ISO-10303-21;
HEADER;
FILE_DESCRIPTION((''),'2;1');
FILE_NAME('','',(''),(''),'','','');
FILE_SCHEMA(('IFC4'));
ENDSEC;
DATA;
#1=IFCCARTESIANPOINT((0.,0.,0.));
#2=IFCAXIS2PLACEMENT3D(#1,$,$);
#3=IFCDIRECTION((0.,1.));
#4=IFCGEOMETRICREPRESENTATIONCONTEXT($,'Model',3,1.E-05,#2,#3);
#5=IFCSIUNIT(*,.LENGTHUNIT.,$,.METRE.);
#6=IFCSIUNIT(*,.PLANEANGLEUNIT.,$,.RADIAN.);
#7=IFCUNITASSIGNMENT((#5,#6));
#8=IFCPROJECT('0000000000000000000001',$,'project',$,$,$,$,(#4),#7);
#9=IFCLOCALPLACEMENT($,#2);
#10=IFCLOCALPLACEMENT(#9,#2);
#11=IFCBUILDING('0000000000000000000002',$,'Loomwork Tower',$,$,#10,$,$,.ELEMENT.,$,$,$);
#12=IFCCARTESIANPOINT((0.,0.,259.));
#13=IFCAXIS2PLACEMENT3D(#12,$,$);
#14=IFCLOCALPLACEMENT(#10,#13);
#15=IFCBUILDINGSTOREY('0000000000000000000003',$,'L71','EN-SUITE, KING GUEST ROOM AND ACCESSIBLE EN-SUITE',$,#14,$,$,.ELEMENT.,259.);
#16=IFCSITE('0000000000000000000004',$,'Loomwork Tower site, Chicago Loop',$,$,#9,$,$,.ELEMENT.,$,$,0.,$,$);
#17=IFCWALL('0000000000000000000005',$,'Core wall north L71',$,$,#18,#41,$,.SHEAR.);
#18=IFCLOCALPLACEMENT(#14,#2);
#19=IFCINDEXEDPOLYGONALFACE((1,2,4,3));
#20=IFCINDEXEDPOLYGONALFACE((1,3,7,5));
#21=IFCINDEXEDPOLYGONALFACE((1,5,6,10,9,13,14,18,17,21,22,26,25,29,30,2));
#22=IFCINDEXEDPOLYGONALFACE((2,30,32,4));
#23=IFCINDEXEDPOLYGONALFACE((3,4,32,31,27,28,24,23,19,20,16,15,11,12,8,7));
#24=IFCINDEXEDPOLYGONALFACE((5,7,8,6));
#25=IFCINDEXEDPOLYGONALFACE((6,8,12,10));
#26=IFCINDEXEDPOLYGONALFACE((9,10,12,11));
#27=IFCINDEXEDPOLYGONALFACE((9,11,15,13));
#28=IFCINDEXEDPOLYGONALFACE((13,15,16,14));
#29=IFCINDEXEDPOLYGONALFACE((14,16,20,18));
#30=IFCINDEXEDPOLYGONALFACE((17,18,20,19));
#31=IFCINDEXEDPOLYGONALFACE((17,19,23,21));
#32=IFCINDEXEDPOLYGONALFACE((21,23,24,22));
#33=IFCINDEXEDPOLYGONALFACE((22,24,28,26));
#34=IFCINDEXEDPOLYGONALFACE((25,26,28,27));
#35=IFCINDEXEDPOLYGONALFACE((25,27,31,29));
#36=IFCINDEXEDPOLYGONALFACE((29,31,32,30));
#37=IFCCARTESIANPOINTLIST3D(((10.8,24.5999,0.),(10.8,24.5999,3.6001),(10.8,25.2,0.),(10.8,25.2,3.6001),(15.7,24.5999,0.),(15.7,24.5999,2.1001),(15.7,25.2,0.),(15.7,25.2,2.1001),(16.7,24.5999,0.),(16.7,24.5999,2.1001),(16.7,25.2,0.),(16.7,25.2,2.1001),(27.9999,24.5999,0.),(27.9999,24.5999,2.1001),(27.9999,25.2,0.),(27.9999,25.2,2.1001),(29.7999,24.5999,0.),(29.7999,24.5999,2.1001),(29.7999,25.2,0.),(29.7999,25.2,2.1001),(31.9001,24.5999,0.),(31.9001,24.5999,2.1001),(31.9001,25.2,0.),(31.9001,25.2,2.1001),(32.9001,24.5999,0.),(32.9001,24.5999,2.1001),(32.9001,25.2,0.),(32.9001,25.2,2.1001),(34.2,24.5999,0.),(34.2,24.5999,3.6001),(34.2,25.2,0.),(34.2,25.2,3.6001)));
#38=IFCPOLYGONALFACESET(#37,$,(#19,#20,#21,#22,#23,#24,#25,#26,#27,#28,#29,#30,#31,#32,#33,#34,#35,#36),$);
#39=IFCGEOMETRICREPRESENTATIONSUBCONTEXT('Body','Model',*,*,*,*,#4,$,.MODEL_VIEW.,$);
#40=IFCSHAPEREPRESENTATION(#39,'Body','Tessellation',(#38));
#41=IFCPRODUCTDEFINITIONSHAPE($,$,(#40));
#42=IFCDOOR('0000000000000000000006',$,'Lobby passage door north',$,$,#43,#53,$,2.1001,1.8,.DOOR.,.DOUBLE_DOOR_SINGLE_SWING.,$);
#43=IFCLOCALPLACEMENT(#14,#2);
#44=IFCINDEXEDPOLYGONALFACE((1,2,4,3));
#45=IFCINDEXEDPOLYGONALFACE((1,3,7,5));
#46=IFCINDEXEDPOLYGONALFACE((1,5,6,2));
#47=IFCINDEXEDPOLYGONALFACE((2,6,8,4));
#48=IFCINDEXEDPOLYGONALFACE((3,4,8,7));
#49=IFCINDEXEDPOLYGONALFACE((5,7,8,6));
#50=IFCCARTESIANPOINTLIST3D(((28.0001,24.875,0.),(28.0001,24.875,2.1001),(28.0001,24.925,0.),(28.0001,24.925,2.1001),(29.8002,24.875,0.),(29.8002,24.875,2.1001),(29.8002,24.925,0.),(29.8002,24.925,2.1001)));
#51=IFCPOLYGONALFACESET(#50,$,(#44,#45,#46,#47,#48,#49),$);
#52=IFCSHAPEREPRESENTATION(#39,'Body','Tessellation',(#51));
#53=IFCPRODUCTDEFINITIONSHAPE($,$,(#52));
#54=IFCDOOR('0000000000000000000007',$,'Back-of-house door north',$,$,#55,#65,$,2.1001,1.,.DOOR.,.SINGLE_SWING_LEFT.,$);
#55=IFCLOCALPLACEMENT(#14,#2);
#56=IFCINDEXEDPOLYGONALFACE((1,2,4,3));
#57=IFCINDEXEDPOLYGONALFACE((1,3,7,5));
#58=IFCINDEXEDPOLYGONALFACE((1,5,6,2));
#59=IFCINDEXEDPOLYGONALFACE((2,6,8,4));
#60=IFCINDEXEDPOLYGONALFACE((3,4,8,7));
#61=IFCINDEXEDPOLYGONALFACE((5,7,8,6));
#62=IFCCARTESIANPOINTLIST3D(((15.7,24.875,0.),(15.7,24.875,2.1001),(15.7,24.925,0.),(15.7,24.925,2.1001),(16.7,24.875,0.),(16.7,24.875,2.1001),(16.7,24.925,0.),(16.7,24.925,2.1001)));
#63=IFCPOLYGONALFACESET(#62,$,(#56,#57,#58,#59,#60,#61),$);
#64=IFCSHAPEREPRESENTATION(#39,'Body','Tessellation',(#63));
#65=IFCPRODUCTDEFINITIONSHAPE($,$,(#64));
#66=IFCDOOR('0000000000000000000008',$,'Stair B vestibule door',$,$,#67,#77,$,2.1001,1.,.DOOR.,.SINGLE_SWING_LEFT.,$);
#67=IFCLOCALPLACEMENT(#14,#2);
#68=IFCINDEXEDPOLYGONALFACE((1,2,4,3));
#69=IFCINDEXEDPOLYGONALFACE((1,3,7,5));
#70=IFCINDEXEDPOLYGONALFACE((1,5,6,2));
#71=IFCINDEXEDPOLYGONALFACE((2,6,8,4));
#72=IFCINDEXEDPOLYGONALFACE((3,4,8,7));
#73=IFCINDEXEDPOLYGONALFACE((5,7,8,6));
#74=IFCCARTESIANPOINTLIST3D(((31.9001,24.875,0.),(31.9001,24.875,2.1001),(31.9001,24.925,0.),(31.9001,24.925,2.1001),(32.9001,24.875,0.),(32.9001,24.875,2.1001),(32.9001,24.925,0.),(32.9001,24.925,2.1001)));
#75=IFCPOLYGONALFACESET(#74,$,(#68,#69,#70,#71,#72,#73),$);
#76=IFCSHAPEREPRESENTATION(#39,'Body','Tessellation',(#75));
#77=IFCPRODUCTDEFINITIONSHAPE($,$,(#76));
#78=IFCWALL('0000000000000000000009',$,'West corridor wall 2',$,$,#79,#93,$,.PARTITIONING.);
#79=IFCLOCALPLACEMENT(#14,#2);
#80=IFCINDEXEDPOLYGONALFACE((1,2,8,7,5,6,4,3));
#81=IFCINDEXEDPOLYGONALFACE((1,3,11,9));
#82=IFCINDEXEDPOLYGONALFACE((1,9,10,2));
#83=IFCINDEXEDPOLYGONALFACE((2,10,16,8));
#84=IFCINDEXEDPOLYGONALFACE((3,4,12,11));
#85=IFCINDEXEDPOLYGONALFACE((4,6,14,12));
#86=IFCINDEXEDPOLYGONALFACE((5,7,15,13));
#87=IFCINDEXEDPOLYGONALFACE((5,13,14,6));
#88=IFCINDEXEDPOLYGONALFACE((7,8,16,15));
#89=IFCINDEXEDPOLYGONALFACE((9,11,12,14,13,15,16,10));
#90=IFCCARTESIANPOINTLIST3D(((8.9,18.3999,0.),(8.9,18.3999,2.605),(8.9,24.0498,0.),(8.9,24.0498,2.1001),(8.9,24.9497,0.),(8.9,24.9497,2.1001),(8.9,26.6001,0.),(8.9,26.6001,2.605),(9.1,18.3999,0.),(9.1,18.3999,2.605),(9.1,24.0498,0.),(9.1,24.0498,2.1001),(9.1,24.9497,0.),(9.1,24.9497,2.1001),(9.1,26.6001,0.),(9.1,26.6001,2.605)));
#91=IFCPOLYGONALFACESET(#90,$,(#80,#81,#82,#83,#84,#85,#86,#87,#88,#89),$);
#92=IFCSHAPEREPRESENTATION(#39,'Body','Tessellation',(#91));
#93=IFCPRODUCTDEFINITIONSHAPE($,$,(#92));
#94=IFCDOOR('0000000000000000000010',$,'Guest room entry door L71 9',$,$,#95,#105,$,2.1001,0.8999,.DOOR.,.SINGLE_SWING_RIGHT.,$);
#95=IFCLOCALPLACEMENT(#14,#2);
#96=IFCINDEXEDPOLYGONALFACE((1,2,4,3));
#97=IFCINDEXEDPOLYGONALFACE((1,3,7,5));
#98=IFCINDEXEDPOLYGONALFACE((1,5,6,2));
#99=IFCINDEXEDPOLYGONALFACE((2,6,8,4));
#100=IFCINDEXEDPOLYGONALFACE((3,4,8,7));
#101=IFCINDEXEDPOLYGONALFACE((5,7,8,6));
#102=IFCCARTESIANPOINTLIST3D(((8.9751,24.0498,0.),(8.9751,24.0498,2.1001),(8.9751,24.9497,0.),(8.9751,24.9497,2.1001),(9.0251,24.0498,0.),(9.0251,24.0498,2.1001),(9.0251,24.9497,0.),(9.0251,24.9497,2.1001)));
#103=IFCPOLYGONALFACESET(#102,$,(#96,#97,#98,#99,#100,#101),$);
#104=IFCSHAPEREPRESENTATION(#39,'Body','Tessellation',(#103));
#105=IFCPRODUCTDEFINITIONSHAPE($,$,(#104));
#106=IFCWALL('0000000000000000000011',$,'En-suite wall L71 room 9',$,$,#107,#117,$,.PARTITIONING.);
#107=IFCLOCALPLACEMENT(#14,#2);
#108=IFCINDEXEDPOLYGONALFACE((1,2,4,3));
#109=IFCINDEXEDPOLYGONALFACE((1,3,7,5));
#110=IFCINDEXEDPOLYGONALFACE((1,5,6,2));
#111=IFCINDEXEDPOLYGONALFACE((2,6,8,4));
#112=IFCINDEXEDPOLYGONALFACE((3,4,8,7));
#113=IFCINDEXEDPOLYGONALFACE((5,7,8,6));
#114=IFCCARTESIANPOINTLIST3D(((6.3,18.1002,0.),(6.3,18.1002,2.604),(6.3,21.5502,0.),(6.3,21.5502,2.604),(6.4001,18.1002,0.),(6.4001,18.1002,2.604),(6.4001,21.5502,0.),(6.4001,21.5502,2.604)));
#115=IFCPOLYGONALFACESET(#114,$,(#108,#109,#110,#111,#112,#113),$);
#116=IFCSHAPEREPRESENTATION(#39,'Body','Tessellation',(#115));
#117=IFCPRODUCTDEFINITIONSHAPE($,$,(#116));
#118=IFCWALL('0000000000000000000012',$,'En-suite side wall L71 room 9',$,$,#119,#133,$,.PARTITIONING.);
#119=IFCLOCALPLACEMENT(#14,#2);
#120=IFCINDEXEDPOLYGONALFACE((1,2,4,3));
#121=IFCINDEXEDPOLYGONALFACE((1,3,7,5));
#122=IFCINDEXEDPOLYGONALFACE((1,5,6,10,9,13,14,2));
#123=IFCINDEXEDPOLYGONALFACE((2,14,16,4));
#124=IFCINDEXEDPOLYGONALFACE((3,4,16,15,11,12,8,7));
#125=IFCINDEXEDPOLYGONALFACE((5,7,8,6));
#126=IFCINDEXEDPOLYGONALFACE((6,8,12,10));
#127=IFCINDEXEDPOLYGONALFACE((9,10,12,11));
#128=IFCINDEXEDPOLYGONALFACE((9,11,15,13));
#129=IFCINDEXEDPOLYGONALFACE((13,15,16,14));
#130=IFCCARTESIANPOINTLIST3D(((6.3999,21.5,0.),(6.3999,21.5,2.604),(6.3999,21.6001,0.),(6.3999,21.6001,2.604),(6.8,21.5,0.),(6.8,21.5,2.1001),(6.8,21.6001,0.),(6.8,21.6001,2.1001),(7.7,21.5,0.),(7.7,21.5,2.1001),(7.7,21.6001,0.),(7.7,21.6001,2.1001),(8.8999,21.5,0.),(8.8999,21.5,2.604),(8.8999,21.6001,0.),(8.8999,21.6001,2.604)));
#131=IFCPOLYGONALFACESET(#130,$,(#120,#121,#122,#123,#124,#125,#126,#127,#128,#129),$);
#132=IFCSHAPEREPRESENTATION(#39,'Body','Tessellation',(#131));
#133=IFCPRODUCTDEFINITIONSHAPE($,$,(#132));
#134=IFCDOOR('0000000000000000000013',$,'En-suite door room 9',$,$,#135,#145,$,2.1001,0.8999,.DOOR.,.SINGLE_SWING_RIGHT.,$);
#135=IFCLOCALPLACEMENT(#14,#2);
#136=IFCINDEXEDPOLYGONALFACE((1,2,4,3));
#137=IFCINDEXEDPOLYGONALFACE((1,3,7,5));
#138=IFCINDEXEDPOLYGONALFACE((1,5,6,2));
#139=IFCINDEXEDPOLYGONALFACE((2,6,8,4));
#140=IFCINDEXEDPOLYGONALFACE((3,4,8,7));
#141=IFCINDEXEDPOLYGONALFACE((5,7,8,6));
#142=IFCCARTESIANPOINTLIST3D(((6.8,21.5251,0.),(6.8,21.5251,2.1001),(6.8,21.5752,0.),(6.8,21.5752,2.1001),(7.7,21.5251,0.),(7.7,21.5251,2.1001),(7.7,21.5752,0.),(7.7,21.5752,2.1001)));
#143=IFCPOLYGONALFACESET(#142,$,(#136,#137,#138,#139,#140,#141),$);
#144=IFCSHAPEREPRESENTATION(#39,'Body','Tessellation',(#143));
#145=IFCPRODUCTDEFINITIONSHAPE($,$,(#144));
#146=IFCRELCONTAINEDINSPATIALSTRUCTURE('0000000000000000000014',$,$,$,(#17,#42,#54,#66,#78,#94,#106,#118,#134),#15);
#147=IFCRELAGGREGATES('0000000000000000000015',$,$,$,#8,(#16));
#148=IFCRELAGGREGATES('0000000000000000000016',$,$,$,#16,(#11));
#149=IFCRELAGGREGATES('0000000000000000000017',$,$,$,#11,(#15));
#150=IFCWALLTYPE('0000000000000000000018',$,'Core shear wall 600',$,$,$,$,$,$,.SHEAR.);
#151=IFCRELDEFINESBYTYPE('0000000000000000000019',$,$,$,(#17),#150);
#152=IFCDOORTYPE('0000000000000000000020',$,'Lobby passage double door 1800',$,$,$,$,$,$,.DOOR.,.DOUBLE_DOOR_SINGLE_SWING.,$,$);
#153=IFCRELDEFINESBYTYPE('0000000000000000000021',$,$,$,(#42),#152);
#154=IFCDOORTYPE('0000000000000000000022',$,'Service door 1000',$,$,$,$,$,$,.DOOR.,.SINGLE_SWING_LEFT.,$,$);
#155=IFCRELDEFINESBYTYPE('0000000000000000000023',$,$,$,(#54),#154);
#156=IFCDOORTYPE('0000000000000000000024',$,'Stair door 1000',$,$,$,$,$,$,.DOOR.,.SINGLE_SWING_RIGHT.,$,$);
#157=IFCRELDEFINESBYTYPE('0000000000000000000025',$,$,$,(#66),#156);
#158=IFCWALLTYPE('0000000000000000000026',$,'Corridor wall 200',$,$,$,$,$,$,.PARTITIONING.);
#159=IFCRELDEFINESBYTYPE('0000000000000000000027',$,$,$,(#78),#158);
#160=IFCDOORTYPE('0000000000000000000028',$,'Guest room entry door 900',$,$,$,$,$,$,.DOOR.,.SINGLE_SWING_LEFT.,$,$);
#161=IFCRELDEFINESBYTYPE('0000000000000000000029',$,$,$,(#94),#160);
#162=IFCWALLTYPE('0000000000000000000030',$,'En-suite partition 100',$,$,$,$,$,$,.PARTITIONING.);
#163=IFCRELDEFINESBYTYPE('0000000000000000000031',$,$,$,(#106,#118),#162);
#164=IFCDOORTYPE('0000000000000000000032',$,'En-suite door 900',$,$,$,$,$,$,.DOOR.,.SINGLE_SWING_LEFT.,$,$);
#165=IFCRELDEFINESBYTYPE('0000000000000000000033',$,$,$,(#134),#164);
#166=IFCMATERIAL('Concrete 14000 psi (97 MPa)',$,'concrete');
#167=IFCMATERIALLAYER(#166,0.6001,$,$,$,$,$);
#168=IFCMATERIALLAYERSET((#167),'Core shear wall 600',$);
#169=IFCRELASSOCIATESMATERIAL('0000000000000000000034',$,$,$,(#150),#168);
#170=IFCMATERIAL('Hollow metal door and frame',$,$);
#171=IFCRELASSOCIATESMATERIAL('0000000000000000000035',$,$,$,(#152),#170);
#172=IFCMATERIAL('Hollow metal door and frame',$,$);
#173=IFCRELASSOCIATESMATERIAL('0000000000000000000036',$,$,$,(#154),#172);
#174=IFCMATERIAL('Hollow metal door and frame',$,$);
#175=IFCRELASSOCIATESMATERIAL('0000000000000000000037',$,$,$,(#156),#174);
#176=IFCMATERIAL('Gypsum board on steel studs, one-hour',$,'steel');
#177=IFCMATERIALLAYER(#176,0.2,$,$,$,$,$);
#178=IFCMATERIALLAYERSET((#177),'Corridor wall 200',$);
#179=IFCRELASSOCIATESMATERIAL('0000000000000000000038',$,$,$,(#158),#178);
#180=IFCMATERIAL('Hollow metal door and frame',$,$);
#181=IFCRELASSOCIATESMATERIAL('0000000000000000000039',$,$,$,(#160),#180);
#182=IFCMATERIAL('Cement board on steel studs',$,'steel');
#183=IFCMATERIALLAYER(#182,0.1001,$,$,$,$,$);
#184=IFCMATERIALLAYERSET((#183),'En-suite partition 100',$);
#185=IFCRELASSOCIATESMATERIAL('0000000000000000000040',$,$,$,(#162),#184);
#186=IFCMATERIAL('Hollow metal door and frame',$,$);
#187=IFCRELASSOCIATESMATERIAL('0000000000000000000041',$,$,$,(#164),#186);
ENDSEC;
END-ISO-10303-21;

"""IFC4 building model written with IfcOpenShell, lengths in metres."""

from ifc_helpers import new_model, si_unit, direction, frame, frame_2d, origin, place, context, subcontext, project, spatial, rectangle, extrude, material, layer, layer_set, type_object, element, fill, save


model = new_model("IFC4")

# Units and contexts
model_context = context("Model", 3, precision=1e-05, world=origin(), true_north=direction((0.0, 1.0)))
body_context = subcontext(model_context, "Body", "Model", "MODEL_VIEW")
ifc_project = project(units=[si_unit("LENGTHUNIT", "METRE"), si_unit("PLANEANGLEUNIT", "RADIAN")], contexts=[model_context])

# Site, building, storey
site_placement = place(None, origin())
site = spatial("IfcSite", under=ifc_project, at=site_placement, Name="Loomwork Tower site, Chicago Loop", CompositionType="ELEMENT", RefElevation=0.0)
building_placement = place(site_placement, origin())
building = spatial("IfcBuilding", under=site, at=building_placement, Name="Loomwork Tower", CompositionType="ELEMENT")
storey_placement = place(building_placement, frame((0.0, 0.0, 259.0)))
storey = spatial("IfcBuildingStorey", under=building, at=storey_placement, Name="L71", Description="EN-SUITE, KING GUEST ROOM AND ACCESSIBLE EN-SUITE", CompositionType="ELEMENT", Elevation=259.0)

# Wall, openings, doors
ifc_material_1 = material(Name="Concrete 14000 psi (97 MPa)", Category="concrete")
ifc_layer_1 = layer(ifc_material_1, 0.6001)
ifc_layer_set_1 = layer_set([ifc_layer_1], Name="Core shear wall 600")
wall_type_1 = type_object("IfcWallType", Name="Core shear wall 600", PredefinedType="SHEAR", material=ifc_layer_set_1)
wall_1_placement = place(storey_placement, frame((10.8, 24.8999, 0.0), z_axis=(0.0, 0.0, 1.0), x_axis=(1.0, 0.0, 0.0)))
wall_1 = element("IfcWall", 1, at=wall_1_placement, inside=storey, type_object=wall_type_1, Name="Core wall north L71", PredefinedType="SHEAR", context=body_context, shape_type="SweptSolid", body=[
    extrude(rectangle(XDim=23.3999, YDim=0.6001, at=frame_2d((11.7, 0.0))), origin(), (0.0, 0.0, 1.0), 3.6001),
])
opening_1_placement = place(wall_1_placement, frame((17.2, 0.0, 0.0)))
opening_1 = element("IfcOpeningElement", 2, at=opening_1_placement, cuts=wall_1, PredefinedType="OPENING", context=body_context, shape_type="SweptSolid", body=[
    extrude(rectangle(XDim=1.8, YDim=2.1001, at=frame_2d((0.8999, 1.05))), frame((0.0, 0.3101, 0.0), z_axis=(0.0, -1.0, 0.0), x_axis=(1.0, 0.0, 0.0)), (0.0, 0.0, 1.0), 0.6201),
])
opening_2_placement = place(wall_1_placement, frame((21.1001, 0.0, 0.0)))
opening_2 = element("IfcOpeningElement", 3, at=opening_2_placement, cuts=wall_1, PredefinedType="OPENING", context=body_context, shape_type="SweptSolid", body=[
    extrude(rectangle(XDim=1.0, YDim=2.1001, at=frame_2d((0.5, 1.05))), frame((0.0, 0.3101, 0.0), z_axis=(0.0, -1.0, 0.0), x_axis=(1.0, 0.0, 0.0)), (0.0, 0.0, 1.0), 0.6201),
])
opening_3_placement = place(wall_1_placement, frame((4.8999, 0.0, 0.0)))
opening_3 = element("IfcOpeningElement", 4, at=opening_3_placement, cuts=wall_1, PredefinedType="OPENING", context=body_context, shape_type="SweptSolid", body=[
    extrude(rectangle(XDim=1.0, YDim=2.1001, at=frame_2d((0.5, 1.05))), frame((0.0, 0.3101, 0.0), z_axis=(0.0, -1.0, 0.0), x_axis=(1.0, 0.0, 0.0)), (0.0, 0.0, 1.0), 0.6201),
])
ifc_material_2 = material(Name="Hollow metal door and frame")
door_type_1 = type_object("IfcDoorType", Name="Lobby passage double door 1800", OperationType="DOUBLE_DOOR_SINGLE_SWING", PredefinedType="DOOR", material=ifc_material_2)
door_1_placement = place(opening_1_placement, frame((1.8, 0.0, 0.0), z_axis=(0.0, 0.0, 1.0), x_axis=(-1.0, 0.0, 0.0)))
door_1 = element("IfcDoor", 5, at=door_1_placement, inside=storey, type_object=door_type_1, Name="Lobby passage door north", OperationType="DOUBLE_DOOR_SINGLE_SWING", OverallHeight=2.1001, OverallWidth=1.8, PredefinedType="DOOR", context=body_context, shape_type="SweptSolid", body=[
    extrude(rectangle(XDim=1.8, YDim=2.1001, at=frame_2d((0.8999, 1.05))), frame((0.0, 0.0249, 0.0), z_axis=(0.0, -1.0, 0.0), x_axis=(1.0, 0.0, 0.0)), (0.0, 0.0, 1.0), 0.05),
])
fill(opening_1, door_1)
ifc_material_3 = material(Name="Hollow metal door and frame")
door_type_2 = type_object("IfcDoorType", Name="Service door 1000", OperationType="SINGLE_SWING_LEFT", PredefinedType="DOOR", material=ifc_material_3)
door_2_placement = place(opening_3_placement, frame((1.0, 0.0, 0.0), z_axis=(0.0, 0.0, 1.0), x_axis=(-1.0, 0.0, 0.0)))
door_2 = element("IfcDoor", 6, at=door_2_placement, inside=storey, type_object=door_type_2, Name="Back-of-house door north", OperationType="SINGLE_SWING_LEFT", OverallHeight=2.1001, OverallWidth=1.0, PredefinedType="DOOR", context=body_context, shape_type="SweptSolid", body=[
    extrude(rectangle(XDim=1.0, YDim=2.1001, at=frame_2d((0.5, 1.05))), frame((0.0, 0.0249, 0.0), z_axis=(0.0, -1.0, 0.0), x_axis=(1.0, 0.0, 0.0)), (0.0, 0.0, 1.0), 0.05),
])
fill(opening_3, door_2)
ifc_material_4 = material(Name="Hollow metal door and frame")
door_type_3 = type_object("IfcDoorType", Name="Stair door 1000", OperationType="SINGLE_SWING_RIGHT", PredefinedType="DOOR", material=ifc_material_4)
door_3_placement = place(opening_2_placement, frame((1.0, 0.0, 0.0), z_axis=(0.0, 0.0, 1.0), x_axis=(-1.0, 0.0, 0.0)))
door_3 = element("IfcDoor", 7, at=door_3_placement, inside=storey, type_object=door_type_3, Name="Stair B vestibule door", OperationType="SINGLE_SWING_LEFT", OverallHeight=2.1001, OverallWidth=1.0, PredefinedType="DOOR", context=body_context, shape_type="SweptSolid", body=[
    extrude(rectangle(XDim=1.0, YDim=2.1001, at=frame_2d((0.5, 1.05))), frame((0.0, 0.0249, 0.0), z_axis=(0.0, -1.0, 0.0), x_axis=(1.0, 0.0, 0.0)), (0.0, 0.0, 1.0), 0.05),
])
fill(opening_2, door_3)

# Wall, opening, door
ifc_material_5 = material(Name="Gypsum board on steel studs, one-hour", Category="steel")
ifc_layer_2 = layer(ifc_material_5, 0.2)
ifc_layer_set_2 = layer_set([ifc_layer_2], Name="Corridor wall 200")
wall_type_2 = type_object("IfcWallType", Name="Corridor wall 200", PredefinedType="PARTITIONING", material=ifc_layer_set_2)
wall_2_placement = place(storey_placement, frame((9.0, 18.3999, 0.0), z_axis=(0.0, 0.0, 1.0), x_axis=(0.0, 1.0, 0.0)))
wall_2 = element("IfcWall", 8, at=wall_2_placement, inside=storey, type_object=wall_type_2, Name="West corridor wall 2", PredefinedType="PARTITIONING", context=body_context, shape_type="SweptSolid", body=[
    extrude(rectangle(XDim=8.2002, YDim=0.2, at=frame_2d((4.1001, 0.0))), origin(), (0.0, 0.0, 1.0), 2.605),
])
opening_4_placement = place(wall_2_placement, frame((5.6499, 0.0, 0.0)))
opening_4 = element("IfcOpeningElement", 9, at=opening_4_placement, cuts=wall_2, PredefinedType="OPENING", context=body_context, shape_type="SweptSolid", body=[
    extrude(rectangle(XDim=0.8999, YDim=2.1001, at=frame_2d((0.45, 1.05))), frame((0.0, 0.1099, 0.0), z_axis=(0.0, -1.0, 0.0), x_axis=(1.0, 0.0, 0.0)), (0.0, 0.0, 1.0), 0.22),
])
ifc_material_6 = material(Name="Hollow metal door and frame")
door_type_4 = type_object("IfcDoorType", Name="Guest room entry door 900", OperationType="SINGLE_SWING_LEFT", PredefinedType="DOOR", material=ifc_material_6)
door_4_placement = place(opening_4_placement, origin())
door_4 = element("IfcDoor", 10, at=door_4_placement, inside=storey, type_object=door_type_4, Name="Guest room entry door L71 9", OperationType="SINGLE_SWING_RIGHT", OverallHeight=2.1001, OverallWidth=0.8999, PredefinedType="DOOR", context=body_context, shape_type="SweptSolid", body=[
    extrude(rectangle(XDim=0.8999, YDim=2.1001, at=frame_2d((0.45, 1.05))), frame((0.0, 0.0249, 0.0), z_axis=(0.0, -1.0, 0.0), x_axis=(1.0, 0.0, 0.0)), (0.0, 0.0, 1.0), 0.05),
])
fill(opening_4, door_4)

# Wall
ifc_material_7 = material(Name="Cement board on steel studs", Category="steel")
ifc_layer_3 = layer(ifc_material_7, 0.1001)
ifc_layer_set_3 = layer_set([ifc_layer_3], Name="En-suite partition 100")
wall_type_3 = type_object("IfcWallType", Name="En-suite partition 100", PredefinedType="PARTITIONING", material=ifc_layer_set_3)
wall_3_placement = place(storey_placement, frame((6.3501, 18.1001, 0.0), z_axis=(0.0, 0.0, 1.0), x_axis=(0.0, 1.0, 0.0)))
element("IfcWall", 11, at=wall_3_placement, inside=storey, type_object=wall_type_3, Name="En-suite wall L71 room 9", PredefinedType="PARTITIONING", context=body_context, shape_type="SweptSolid", body=[
    extrude(rectangle(XDim=3.45, YDim=0.1001, at=frame_2d((1.7251, 0.0))), origin(), (0.0, 0.0, 1.0), 2.604),
])

# Wall, opening, door
wall_4_placement = place(storey_placement, frame((8.8999, 21.55, 0.0), z_axis=(0.0, 0.0, 1.0), x_axis=(-1.0, 0.0, 0.0)))
wall_4 = element("IfcWall", 12, at=wall_4_placement, inside=storey, type_object=wall_type_3, Name="En-suite side wall L71 room 9", PredefinedType="PARTITIONING", context=body_context, shape_type="SweptSolid", body=[
    extrude(rectangle(XDim=2.5, YDim=0.1001, at=frame_2d((1.25, 0.0))), origin(), (0.0, 0.0, 1.0), 2.604),
])
opening_5_placement = place(wall_4_placement, frame((1.2, 0.0, 0.0)))
opening_5 = element("IfcOpeningElement", 13, at=opening_5_placement, cuts=wall_4, PredefinedType="OPENING", context=body_context, shape_type="SweptSolid", body=[
    extrude(rectangle(XDim=0.8999, YDim=2.1001, at=frame_2d((0.45, 1.05))), frame((0.0, 0.0601, 0.0), z_axis=(0.0, -1.0, 0.0), x_axis=(1.0, 0.0, 0.0)), (0.0, 0.0, 1.0), 0.1201),
])
ifc_material_8 = material(Name="Hollow metal door and frame")
door_type_5 = type_object("IfcDoorType", Name="En-suite door 900", OperationType="SINGLE_SWING_LEFT", PredefinedType="DOOR", material=ifc_material_8)
door_5_placement = place(opening_5_placement, origin())
door_5 = element("IfcDoor", 14, at=door_5_placement, inside=storey, type_object=door_type_5, Name="En-suite door room 9", OperationType="SINGLE_SWING_RIGHT", OverallHeight=2.1001, OverallWidth=0.8999, PredefinedType="DOOR", context=body_context, shape_type="SweptSolid", body=[
    extrude(rectangle(XDim=0.8999, YDim=2.1001, at=frame_2d((0.45, 1.05))), frame((0.0, 0.0249, 0.0), z_axis=(0.0, -1.0, 0.0), x_axis=(1.0, 0.0, 0.0)), (0.0, 0.0, 1.0), 0.05),
])
fill(opening_5, door_5)

save(model, "model.ifc")
